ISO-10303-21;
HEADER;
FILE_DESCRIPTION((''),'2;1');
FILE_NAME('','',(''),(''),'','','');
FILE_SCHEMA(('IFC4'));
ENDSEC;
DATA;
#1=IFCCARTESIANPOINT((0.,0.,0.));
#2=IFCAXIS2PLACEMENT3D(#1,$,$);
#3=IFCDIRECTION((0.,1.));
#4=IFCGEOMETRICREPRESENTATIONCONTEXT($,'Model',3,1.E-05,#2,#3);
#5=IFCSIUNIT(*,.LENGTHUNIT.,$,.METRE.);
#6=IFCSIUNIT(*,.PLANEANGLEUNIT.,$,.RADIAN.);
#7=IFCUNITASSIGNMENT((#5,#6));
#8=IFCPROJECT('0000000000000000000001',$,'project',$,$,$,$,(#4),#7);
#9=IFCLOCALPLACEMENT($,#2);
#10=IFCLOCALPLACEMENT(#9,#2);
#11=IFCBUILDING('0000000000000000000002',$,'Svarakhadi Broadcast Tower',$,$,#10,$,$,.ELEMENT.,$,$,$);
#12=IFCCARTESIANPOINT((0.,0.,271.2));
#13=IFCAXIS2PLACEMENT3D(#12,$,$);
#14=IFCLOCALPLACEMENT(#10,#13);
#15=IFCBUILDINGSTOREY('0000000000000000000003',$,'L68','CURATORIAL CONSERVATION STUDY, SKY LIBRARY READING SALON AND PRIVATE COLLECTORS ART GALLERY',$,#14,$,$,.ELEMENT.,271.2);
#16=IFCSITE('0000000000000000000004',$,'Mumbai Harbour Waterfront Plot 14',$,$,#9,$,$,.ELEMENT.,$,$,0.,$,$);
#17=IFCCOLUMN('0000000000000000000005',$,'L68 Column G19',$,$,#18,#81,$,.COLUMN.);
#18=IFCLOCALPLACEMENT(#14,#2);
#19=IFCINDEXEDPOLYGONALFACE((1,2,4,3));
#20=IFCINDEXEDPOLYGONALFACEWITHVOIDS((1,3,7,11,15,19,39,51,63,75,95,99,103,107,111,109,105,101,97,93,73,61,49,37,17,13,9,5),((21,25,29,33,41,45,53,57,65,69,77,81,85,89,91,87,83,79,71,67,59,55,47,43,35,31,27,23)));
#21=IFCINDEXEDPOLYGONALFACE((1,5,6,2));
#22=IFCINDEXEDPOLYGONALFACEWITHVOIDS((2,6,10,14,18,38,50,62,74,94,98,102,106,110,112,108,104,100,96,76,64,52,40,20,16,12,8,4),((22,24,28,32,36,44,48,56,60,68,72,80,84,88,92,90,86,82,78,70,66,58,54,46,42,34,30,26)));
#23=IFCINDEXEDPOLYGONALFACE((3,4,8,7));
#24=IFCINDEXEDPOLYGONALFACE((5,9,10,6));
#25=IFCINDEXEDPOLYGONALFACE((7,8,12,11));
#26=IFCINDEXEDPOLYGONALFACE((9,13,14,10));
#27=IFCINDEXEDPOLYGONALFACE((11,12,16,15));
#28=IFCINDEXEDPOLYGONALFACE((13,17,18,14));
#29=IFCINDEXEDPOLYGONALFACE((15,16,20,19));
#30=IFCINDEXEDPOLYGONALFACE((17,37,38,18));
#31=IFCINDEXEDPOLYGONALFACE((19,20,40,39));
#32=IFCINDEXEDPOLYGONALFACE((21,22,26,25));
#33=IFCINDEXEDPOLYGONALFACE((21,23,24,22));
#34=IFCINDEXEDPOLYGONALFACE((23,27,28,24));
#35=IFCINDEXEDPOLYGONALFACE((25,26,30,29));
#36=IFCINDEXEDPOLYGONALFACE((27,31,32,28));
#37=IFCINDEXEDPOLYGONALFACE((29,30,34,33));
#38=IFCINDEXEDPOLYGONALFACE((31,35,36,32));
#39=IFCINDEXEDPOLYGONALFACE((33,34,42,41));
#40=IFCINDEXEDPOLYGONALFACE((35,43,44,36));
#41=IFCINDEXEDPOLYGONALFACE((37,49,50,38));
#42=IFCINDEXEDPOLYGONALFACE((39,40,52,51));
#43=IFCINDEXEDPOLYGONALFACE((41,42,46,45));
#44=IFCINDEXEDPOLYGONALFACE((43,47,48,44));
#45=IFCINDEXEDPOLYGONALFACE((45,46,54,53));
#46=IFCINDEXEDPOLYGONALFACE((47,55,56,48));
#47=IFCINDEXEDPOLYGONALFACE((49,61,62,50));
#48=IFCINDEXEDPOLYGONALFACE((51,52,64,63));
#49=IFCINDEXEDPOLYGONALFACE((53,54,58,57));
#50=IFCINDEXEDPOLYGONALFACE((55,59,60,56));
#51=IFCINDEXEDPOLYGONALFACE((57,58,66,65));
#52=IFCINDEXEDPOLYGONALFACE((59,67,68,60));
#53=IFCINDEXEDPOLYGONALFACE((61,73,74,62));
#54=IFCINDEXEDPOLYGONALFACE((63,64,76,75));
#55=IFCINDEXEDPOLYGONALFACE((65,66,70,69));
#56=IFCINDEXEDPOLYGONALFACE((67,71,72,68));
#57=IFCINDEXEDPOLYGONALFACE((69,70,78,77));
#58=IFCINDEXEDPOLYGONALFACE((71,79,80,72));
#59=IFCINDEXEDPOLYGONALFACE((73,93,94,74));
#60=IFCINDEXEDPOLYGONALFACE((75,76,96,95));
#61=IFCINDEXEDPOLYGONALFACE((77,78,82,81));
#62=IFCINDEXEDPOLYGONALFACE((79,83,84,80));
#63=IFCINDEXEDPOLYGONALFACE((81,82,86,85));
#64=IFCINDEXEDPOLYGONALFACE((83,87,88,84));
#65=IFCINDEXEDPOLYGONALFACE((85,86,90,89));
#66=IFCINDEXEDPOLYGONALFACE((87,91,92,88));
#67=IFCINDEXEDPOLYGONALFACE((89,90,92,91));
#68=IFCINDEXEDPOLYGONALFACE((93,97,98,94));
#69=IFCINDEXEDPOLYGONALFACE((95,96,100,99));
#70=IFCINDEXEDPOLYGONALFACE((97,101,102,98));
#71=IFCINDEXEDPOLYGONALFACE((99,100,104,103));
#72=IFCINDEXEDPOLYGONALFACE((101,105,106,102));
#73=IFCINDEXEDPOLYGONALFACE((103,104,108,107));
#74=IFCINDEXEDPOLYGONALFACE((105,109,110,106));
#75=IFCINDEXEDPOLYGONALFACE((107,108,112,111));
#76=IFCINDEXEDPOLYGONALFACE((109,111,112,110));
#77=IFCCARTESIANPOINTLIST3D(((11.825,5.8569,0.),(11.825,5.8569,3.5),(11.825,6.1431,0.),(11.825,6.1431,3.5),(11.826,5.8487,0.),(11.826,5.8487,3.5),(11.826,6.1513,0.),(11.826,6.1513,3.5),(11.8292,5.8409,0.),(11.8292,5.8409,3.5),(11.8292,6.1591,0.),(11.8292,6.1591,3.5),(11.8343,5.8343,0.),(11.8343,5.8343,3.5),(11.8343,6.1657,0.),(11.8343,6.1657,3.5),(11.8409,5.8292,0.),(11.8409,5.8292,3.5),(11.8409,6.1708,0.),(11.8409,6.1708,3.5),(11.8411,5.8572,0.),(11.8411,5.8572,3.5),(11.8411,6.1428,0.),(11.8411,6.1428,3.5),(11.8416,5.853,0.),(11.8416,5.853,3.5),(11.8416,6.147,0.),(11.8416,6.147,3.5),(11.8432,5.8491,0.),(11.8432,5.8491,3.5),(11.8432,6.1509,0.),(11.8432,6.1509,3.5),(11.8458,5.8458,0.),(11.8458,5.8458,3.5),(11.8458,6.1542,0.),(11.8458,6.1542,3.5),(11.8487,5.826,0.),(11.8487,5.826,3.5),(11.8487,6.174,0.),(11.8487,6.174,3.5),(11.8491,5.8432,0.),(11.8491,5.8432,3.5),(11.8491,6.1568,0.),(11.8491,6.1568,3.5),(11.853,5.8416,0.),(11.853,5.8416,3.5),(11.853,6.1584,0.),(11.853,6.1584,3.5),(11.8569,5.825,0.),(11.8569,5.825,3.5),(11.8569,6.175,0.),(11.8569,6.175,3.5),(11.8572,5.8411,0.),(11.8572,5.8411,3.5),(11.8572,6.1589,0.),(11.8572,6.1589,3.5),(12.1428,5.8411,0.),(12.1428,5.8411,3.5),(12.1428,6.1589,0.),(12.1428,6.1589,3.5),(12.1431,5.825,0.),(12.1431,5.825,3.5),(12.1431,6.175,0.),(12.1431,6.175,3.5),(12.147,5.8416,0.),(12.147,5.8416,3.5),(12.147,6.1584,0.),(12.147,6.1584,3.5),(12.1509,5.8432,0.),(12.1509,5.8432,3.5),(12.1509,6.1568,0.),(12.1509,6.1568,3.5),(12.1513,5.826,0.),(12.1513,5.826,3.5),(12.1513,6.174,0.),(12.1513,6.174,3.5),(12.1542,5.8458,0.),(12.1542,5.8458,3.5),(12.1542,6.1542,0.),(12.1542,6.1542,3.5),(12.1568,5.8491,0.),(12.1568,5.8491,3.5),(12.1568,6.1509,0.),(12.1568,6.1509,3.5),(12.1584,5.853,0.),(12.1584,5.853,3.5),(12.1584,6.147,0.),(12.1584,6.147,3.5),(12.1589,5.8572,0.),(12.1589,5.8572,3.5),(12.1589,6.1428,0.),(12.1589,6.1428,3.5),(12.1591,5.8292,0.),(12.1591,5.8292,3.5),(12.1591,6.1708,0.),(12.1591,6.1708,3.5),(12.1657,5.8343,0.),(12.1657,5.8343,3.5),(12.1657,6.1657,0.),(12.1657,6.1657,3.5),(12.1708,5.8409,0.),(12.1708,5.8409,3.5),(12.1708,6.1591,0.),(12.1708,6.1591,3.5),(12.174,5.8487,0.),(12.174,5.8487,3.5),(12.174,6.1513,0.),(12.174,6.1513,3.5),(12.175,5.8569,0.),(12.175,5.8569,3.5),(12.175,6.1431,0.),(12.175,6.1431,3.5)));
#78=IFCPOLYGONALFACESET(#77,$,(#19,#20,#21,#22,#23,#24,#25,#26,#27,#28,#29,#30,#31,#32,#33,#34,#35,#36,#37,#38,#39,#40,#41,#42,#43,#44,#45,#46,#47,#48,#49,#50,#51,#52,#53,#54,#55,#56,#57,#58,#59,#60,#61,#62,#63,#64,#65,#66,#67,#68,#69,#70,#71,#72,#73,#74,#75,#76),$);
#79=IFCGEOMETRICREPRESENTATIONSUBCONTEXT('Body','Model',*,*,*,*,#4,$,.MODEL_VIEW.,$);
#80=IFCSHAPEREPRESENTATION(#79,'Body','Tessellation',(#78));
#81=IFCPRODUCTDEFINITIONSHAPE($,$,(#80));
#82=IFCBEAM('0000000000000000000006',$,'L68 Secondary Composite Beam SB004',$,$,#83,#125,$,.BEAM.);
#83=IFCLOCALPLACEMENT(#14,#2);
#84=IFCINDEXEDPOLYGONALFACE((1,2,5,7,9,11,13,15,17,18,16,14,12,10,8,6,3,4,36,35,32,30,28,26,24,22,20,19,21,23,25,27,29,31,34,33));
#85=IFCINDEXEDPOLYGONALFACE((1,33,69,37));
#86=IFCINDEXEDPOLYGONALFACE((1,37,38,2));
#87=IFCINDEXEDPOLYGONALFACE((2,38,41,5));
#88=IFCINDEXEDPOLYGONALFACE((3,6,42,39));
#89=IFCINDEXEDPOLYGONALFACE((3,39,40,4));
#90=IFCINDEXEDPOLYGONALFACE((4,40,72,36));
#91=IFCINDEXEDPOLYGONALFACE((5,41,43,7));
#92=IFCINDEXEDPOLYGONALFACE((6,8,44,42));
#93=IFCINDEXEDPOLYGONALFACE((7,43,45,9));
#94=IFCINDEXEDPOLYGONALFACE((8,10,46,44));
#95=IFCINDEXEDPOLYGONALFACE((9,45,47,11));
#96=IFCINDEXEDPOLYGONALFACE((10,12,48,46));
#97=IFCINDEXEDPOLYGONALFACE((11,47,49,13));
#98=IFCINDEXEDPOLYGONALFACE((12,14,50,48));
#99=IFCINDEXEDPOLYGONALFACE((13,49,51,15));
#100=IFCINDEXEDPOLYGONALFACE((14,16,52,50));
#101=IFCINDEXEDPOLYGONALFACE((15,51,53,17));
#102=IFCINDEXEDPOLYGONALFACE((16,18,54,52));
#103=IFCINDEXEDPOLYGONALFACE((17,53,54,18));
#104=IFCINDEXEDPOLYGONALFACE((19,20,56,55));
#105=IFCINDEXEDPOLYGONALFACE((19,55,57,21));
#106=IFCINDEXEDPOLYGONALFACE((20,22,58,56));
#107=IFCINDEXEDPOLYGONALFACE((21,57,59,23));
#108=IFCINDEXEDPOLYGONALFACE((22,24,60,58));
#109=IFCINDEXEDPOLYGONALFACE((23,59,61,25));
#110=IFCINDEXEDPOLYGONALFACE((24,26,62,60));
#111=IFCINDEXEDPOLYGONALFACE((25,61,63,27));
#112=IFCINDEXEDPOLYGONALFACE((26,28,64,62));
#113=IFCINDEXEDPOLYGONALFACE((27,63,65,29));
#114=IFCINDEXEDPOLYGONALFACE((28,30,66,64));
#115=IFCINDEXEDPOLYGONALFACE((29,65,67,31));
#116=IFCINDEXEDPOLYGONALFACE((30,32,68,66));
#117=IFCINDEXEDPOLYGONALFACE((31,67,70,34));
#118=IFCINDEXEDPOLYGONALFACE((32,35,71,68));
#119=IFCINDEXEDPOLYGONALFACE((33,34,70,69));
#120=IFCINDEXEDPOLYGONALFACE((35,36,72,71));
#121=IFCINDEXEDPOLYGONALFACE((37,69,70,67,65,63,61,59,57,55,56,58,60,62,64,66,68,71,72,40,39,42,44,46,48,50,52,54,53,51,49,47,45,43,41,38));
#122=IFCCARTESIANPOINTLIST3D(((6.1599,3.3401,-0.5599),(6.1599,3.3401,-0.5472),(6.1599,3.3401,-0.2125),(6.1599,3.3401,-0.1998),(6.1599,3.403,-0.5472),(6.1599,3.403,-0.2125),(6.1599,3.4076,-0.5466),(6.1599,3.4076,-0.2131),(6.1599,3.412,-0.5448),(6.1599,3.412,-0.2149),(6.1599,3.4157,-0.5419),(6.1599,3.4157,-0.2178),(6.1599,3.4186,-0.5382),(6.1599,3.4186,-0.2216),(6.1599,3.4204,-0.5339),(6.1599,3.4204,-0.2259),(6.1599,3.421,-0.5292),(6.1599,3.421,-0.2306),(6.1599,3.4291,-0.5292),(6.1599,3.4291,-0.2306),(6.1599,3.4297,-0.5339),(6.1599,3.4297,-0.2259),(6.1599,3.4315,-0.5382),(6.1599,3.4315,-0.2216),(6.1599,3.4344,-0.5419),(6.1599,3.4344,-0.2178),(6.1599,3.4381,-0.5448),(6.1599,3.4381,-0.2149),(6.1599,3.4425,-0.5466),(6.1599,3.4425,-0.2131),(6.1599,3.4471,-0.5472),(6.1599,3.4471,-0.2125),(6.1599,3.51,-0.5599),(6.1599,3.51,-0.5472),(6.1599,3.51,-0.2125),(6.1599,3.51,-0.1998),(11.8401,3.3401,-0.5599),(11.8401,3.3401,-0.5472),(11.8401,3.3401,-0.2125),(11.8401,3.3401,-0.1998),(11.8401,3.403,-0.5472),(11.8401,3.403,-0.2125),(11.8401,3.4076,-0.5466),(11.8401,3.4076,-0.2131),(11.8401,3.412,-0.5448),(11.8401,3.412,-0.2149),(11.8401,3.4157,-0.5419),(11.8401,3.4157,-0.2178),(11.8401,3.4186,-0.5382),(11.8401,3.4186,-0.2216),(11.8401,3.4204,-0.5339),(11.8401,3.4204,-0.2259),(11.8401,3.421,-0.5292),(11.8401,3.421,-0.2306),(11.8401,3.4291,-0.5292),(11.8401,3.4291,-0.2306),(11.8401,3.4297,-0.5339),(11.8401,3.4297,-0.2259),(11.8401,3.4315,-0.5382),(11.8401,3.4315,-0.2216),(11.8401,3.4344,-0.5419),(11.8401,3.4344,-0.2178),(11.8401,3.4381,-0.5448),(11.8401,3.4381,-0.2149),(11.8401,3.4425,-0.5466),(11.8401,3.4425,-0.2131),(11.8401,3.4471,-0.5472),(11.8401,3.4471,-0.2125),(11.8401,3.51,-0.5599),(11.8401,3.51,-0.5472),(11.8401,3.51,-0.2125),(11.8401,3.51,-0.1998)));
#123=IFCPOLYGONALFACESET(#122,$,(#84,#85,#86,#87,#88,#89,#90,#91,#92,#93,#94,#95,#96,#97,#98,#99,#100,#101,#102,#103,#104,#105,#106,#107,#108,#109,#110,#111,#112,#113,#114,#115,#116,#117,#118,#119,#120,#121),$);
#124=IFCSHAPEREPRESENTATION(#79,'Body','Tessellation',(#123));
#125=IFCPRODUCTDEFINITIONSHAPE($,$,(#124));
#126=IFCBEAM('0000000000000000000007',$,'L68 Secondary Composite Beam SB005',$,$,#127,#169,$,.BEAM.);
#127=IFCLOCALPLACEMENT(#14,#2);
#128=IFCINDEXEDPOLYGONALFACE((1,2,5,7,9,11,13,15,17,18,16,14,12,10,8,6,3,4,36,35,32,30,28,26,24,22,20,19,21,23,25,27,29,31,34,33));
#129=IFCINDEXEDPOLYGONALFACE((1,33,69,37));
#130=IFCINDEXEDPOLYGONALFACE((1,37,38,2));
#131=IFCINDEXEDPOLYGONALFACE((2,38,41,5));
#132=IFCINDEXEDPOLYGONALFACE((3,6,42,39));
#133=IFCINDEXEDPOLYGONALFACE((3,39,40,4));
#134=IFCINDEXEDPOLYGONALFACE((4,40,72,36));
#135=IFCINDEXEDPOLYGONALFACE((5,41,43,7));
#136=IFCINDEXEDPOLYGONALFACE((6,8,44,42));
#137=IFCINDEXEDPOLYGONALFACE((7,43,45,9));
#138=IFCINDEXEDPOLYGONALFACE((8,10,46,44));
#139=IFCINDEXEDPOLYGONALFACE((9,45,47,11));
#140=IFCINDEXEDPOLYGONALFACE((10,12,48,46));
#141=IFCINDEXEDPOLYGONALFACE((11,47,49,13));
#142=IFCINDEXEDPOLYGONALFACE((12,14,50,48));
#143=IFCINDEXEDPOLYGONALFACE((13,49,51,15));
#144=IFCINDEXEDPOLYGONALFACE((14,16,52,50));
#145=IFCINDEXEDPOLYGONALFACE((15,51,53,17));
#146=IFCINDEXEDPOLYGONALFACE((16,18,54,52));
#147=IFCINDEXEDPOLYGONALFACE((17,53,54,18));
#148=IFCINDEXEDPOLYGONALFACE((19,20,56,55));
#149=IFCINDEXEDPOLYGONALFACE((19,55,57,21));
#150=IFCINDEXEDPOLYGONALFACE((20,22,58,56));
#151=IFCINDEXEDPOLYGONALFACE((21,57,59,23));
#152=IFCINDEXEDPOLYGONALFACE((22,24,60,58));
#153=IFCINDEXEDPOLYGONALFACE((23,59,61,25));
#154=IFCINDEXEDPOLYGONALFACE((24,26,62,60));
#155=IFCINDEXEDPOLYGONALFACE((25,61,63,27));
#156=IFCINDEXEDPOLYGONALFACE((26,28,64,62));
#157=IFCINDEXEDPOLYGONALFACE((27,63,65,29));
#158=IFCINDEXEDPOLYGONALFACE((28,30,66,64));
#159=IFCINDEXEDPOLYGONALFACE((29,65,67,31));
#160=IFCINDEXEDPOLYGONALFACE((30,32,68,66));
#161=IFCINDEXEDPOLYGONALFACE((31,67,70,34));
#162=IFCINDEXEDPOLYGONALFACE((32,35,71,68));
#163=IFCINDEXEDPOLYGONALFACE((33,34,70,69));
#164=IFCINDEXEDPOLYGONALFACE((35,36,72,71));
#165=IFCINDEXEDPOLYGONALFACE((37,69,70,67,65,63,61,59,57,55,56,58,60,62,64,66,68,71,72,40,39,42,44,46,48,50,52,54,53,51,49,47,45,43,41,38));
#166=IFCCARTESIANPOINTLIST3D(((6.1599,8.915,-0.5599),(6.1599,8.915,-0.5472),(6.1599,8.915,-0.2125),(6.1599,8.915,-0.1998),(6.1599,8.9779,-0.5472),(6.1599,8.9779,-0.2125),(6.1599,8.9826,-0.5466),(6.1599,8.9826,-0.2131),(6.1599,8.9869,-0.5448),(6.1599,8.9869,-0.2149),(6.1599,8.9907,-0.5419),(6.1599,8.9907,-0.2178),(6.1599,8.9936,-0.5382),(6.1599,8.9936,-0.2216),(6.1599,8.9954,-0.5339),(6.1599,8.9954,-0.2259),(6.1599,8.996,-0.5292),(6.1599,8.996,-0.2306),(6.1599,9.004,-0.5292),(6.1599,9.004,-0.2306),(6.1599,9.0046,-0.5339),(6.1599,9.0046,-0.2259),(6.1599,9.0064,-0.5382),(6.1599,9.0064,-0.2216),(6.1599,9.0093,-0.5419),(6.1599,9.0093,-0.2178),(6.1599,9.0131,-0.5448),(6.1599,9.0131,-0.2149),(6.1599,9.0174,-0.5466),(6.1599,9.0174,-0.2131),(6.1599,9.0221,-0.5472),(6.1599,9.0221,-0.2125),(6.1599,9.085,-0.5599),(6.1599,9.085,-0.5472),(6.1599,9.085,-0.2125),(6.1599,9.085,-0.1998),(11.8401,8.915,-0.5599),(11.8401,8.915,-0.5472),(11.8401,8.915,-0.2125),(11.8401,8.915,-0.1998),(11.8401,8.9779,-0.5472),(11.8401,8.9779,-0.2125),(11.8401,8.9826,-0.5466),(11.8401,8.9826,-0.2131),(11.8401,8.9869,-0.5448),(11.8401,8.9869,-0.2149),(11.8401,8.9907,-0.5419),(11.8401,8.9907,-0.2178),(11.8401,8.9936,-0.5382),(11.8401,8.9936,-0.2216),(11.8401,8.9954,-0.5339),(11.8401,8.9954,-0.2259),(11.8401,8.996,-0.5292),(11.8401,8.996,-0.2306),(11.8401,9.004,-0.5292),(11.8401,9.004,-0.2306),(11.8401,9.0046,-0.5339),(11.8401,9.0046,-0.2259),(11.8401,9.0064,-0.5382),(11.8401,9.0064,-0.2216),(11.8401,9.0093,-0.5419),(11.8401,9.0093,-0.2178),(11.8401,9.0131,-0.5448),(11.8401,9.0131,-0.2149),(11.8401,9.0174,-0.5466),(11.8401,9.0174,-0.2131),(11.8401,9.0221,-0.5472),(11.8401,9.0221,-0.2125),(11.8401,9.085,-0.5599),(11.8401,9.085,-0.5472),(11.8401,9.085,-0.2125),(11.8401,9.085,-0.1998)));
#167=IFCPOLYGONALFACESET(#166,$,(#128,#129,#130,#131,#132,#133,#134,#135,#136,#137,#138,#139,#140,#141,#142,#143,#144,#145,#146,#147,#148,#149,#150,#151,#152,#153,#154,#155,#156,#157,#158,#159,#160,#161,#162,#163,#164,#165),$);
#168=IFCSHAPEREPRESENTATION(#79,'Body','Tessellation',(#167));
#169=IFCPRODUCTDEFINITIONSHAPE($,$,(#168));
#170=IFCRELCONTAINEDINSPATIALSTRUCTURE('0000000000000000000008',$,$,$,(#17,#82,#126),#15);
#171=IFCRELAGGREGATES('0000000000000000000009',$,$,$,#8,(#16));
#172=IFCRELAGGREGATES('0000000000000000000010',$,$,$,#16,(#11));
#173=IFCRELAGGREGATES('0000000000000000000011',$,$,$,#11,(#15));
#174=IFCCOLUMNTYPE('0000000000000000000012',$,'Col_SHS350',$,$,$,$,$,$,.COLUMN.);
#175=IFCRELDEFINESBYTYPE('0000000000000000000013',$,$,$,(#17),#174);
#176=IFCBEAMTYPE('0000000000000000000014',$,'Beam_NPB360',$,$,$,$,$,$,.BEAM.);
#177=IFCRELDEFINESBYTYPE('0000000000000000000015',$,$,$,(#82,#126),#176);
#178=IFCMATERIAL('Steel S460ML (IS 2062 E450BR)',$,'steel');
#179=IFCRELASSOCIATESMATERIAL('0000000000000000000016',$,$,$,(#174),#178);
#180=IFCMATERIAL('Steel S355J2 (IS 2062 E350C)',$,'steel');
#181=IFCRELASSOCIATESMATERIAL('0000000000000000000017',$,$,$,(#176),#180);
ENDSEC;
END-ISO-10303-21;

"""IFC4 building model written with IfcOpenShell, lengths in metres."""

from ifc_helpers import new_model, si_unit, direction, frame, origin, origin_2d, place, context, subcontext, project, spatial, hollow_rectangle, i_section, extrude, material, material_profile, profile_set, type_object, element, save


model = new_model("IFC4")

# Units and contexts
model_context = context("Model", 3, precision=1e-05, world=origin(), true_north=direction((0.0, 1.0)))
body_context = subcontext(model_context, "Body", "Model", "MODEL_VIEW")
ifc_project = project(units=[si_unit("LENGTHUNIT", "METRE"), si_unit("PLANEANGLEUNIT", "RADIAN")], contexts=[model_context])

# Site, building, storey
site_placement = place(None, origin())
site = spatial("IfcSite", under=ifc_project, at=site_placement, Name="Mumbai Harbour Waterfront Plot 14", CompositionType="ELEMENT", RefElevation=0.0)
building_placement = place(site_placement, origin())
building = spatial("IfcBuilding", under=site, at=building_placement, Name="Svarakhadi Broadcast Tower", CompositionType="ELEMENT")
storey_placement = place(building_placement, frame((0.0, 0.0, 271.2)))
storey = spatial("IfcBuildingStorey", under=building, at=storey_placement, Name="L68", Description="CURATORIAL CONSERVATION STUDY, SKY LIBRARY READING SALON AND PRIVATE COLLECTORS ART GALLERY", CompositionType="ELEMENT", Elevation=271.2)

# Column
ifc_material_1 = material(Name="Steel S460ML (IS 2062 E450BR)", Category="steel")
ifc_material_profile_1 = material_profile(ifc_material_1, hollow_rectangle(XDim=0.3501, YDim=0.3501, WallThickness=0.0161, InnerFilletRadius=0.0161, OuterFilletRadius=0.032, at=origin_2d()), Name="SHS 350x350x16")
ifc_profile_set_1 = profile_set([ifc_material_profile_1], Name="Steel S460ML (IS 2062 E450BR)")
column_type = type_object("IfcColumnType", Name="Col_SHS350", PredefinedType="COLUMN", material=ifc_profile_set_1)
for number, where, z_axis, x_axis, name in (
    (1, (12.0, 6.0, 0.0), (0.0, 0.0, 1.0), (1.0, 0.0, 0.0), "L68 Column G19"),
):
    element("IfcColumn", number, at=place(storey_placement, frame(where, z_axis=z_axis, x_axis=x_axis)), inside=storey, type_object=column_type, Name=name, PredefinedType="COLUMN", context=body_context, shape_type="SweptSolid", body=[
        extrude(hollow_rectangle(XDim=0.3501, YDim=0.3501, WallThickness=0.0161, InnerFilletRadius=0.0161, OuterFilletRadius=0.032, at=origin_2d()), origin(), (0.0, 0.0, 1.0), 3.5),
    ])

# Beams
ifc_material_2 = material(Name="Steel S355J2 (IS 2062 E350C)", Category="steel")
ifc_material_profile_2 = material_profile(ifc_material_2, i_section(OverallWidth=0.1699, OverallDepth=0.3601, WebThickness=0.0081, FlangeThickness=0.0127, FilletRadius=0.0181, at=origin_2d()), Name="NPB 360x170x57")
ifc_profile_set_2 = profile_set([ifc_material_profile_2], Name="Steel S355J2 (IS 2062 E350C)")
beam_type_1 = type_object("IfcBeamType", Name="Beam_NPB360", PredefinedType="BEAM", material=ifc_profile_set_2)
for number, where, z_axis, x_axis, name in (
    (2, (6.1599, 3.425, -0.3799), (1.0, 0.0, 0.0), (0.0, 1.0, 0.0), "L68 Secondary Composite Beam SB004"),
    (3, (6.1599, 9.0, -0.3799), (1.0, 0.0, 0.0), (0.0, 1.0, 0.0), "L68 Secondary Composite Beam SB005"),
):
    element("IfcBeam", number, at=place(storey_placement, frame(where, z_axis=z_axis, x_axis=x_axis)), inside=storey, type_object=beam_type_1, Name=name, PredefinedType="BEAM", context=body_context, shape_type="SweptSolid", body=[
        extrude(i_section(OverallWidth=0.1699, OverallDepth=0.3601, WebThickness=0.0081, FlangeThickness=0.0127, FilletRadius=0.0181, at=origin_2d()), origin(), (0.0, 0.0, 1.0), 5.6802),
    ])

save(model, "model.ifc")
